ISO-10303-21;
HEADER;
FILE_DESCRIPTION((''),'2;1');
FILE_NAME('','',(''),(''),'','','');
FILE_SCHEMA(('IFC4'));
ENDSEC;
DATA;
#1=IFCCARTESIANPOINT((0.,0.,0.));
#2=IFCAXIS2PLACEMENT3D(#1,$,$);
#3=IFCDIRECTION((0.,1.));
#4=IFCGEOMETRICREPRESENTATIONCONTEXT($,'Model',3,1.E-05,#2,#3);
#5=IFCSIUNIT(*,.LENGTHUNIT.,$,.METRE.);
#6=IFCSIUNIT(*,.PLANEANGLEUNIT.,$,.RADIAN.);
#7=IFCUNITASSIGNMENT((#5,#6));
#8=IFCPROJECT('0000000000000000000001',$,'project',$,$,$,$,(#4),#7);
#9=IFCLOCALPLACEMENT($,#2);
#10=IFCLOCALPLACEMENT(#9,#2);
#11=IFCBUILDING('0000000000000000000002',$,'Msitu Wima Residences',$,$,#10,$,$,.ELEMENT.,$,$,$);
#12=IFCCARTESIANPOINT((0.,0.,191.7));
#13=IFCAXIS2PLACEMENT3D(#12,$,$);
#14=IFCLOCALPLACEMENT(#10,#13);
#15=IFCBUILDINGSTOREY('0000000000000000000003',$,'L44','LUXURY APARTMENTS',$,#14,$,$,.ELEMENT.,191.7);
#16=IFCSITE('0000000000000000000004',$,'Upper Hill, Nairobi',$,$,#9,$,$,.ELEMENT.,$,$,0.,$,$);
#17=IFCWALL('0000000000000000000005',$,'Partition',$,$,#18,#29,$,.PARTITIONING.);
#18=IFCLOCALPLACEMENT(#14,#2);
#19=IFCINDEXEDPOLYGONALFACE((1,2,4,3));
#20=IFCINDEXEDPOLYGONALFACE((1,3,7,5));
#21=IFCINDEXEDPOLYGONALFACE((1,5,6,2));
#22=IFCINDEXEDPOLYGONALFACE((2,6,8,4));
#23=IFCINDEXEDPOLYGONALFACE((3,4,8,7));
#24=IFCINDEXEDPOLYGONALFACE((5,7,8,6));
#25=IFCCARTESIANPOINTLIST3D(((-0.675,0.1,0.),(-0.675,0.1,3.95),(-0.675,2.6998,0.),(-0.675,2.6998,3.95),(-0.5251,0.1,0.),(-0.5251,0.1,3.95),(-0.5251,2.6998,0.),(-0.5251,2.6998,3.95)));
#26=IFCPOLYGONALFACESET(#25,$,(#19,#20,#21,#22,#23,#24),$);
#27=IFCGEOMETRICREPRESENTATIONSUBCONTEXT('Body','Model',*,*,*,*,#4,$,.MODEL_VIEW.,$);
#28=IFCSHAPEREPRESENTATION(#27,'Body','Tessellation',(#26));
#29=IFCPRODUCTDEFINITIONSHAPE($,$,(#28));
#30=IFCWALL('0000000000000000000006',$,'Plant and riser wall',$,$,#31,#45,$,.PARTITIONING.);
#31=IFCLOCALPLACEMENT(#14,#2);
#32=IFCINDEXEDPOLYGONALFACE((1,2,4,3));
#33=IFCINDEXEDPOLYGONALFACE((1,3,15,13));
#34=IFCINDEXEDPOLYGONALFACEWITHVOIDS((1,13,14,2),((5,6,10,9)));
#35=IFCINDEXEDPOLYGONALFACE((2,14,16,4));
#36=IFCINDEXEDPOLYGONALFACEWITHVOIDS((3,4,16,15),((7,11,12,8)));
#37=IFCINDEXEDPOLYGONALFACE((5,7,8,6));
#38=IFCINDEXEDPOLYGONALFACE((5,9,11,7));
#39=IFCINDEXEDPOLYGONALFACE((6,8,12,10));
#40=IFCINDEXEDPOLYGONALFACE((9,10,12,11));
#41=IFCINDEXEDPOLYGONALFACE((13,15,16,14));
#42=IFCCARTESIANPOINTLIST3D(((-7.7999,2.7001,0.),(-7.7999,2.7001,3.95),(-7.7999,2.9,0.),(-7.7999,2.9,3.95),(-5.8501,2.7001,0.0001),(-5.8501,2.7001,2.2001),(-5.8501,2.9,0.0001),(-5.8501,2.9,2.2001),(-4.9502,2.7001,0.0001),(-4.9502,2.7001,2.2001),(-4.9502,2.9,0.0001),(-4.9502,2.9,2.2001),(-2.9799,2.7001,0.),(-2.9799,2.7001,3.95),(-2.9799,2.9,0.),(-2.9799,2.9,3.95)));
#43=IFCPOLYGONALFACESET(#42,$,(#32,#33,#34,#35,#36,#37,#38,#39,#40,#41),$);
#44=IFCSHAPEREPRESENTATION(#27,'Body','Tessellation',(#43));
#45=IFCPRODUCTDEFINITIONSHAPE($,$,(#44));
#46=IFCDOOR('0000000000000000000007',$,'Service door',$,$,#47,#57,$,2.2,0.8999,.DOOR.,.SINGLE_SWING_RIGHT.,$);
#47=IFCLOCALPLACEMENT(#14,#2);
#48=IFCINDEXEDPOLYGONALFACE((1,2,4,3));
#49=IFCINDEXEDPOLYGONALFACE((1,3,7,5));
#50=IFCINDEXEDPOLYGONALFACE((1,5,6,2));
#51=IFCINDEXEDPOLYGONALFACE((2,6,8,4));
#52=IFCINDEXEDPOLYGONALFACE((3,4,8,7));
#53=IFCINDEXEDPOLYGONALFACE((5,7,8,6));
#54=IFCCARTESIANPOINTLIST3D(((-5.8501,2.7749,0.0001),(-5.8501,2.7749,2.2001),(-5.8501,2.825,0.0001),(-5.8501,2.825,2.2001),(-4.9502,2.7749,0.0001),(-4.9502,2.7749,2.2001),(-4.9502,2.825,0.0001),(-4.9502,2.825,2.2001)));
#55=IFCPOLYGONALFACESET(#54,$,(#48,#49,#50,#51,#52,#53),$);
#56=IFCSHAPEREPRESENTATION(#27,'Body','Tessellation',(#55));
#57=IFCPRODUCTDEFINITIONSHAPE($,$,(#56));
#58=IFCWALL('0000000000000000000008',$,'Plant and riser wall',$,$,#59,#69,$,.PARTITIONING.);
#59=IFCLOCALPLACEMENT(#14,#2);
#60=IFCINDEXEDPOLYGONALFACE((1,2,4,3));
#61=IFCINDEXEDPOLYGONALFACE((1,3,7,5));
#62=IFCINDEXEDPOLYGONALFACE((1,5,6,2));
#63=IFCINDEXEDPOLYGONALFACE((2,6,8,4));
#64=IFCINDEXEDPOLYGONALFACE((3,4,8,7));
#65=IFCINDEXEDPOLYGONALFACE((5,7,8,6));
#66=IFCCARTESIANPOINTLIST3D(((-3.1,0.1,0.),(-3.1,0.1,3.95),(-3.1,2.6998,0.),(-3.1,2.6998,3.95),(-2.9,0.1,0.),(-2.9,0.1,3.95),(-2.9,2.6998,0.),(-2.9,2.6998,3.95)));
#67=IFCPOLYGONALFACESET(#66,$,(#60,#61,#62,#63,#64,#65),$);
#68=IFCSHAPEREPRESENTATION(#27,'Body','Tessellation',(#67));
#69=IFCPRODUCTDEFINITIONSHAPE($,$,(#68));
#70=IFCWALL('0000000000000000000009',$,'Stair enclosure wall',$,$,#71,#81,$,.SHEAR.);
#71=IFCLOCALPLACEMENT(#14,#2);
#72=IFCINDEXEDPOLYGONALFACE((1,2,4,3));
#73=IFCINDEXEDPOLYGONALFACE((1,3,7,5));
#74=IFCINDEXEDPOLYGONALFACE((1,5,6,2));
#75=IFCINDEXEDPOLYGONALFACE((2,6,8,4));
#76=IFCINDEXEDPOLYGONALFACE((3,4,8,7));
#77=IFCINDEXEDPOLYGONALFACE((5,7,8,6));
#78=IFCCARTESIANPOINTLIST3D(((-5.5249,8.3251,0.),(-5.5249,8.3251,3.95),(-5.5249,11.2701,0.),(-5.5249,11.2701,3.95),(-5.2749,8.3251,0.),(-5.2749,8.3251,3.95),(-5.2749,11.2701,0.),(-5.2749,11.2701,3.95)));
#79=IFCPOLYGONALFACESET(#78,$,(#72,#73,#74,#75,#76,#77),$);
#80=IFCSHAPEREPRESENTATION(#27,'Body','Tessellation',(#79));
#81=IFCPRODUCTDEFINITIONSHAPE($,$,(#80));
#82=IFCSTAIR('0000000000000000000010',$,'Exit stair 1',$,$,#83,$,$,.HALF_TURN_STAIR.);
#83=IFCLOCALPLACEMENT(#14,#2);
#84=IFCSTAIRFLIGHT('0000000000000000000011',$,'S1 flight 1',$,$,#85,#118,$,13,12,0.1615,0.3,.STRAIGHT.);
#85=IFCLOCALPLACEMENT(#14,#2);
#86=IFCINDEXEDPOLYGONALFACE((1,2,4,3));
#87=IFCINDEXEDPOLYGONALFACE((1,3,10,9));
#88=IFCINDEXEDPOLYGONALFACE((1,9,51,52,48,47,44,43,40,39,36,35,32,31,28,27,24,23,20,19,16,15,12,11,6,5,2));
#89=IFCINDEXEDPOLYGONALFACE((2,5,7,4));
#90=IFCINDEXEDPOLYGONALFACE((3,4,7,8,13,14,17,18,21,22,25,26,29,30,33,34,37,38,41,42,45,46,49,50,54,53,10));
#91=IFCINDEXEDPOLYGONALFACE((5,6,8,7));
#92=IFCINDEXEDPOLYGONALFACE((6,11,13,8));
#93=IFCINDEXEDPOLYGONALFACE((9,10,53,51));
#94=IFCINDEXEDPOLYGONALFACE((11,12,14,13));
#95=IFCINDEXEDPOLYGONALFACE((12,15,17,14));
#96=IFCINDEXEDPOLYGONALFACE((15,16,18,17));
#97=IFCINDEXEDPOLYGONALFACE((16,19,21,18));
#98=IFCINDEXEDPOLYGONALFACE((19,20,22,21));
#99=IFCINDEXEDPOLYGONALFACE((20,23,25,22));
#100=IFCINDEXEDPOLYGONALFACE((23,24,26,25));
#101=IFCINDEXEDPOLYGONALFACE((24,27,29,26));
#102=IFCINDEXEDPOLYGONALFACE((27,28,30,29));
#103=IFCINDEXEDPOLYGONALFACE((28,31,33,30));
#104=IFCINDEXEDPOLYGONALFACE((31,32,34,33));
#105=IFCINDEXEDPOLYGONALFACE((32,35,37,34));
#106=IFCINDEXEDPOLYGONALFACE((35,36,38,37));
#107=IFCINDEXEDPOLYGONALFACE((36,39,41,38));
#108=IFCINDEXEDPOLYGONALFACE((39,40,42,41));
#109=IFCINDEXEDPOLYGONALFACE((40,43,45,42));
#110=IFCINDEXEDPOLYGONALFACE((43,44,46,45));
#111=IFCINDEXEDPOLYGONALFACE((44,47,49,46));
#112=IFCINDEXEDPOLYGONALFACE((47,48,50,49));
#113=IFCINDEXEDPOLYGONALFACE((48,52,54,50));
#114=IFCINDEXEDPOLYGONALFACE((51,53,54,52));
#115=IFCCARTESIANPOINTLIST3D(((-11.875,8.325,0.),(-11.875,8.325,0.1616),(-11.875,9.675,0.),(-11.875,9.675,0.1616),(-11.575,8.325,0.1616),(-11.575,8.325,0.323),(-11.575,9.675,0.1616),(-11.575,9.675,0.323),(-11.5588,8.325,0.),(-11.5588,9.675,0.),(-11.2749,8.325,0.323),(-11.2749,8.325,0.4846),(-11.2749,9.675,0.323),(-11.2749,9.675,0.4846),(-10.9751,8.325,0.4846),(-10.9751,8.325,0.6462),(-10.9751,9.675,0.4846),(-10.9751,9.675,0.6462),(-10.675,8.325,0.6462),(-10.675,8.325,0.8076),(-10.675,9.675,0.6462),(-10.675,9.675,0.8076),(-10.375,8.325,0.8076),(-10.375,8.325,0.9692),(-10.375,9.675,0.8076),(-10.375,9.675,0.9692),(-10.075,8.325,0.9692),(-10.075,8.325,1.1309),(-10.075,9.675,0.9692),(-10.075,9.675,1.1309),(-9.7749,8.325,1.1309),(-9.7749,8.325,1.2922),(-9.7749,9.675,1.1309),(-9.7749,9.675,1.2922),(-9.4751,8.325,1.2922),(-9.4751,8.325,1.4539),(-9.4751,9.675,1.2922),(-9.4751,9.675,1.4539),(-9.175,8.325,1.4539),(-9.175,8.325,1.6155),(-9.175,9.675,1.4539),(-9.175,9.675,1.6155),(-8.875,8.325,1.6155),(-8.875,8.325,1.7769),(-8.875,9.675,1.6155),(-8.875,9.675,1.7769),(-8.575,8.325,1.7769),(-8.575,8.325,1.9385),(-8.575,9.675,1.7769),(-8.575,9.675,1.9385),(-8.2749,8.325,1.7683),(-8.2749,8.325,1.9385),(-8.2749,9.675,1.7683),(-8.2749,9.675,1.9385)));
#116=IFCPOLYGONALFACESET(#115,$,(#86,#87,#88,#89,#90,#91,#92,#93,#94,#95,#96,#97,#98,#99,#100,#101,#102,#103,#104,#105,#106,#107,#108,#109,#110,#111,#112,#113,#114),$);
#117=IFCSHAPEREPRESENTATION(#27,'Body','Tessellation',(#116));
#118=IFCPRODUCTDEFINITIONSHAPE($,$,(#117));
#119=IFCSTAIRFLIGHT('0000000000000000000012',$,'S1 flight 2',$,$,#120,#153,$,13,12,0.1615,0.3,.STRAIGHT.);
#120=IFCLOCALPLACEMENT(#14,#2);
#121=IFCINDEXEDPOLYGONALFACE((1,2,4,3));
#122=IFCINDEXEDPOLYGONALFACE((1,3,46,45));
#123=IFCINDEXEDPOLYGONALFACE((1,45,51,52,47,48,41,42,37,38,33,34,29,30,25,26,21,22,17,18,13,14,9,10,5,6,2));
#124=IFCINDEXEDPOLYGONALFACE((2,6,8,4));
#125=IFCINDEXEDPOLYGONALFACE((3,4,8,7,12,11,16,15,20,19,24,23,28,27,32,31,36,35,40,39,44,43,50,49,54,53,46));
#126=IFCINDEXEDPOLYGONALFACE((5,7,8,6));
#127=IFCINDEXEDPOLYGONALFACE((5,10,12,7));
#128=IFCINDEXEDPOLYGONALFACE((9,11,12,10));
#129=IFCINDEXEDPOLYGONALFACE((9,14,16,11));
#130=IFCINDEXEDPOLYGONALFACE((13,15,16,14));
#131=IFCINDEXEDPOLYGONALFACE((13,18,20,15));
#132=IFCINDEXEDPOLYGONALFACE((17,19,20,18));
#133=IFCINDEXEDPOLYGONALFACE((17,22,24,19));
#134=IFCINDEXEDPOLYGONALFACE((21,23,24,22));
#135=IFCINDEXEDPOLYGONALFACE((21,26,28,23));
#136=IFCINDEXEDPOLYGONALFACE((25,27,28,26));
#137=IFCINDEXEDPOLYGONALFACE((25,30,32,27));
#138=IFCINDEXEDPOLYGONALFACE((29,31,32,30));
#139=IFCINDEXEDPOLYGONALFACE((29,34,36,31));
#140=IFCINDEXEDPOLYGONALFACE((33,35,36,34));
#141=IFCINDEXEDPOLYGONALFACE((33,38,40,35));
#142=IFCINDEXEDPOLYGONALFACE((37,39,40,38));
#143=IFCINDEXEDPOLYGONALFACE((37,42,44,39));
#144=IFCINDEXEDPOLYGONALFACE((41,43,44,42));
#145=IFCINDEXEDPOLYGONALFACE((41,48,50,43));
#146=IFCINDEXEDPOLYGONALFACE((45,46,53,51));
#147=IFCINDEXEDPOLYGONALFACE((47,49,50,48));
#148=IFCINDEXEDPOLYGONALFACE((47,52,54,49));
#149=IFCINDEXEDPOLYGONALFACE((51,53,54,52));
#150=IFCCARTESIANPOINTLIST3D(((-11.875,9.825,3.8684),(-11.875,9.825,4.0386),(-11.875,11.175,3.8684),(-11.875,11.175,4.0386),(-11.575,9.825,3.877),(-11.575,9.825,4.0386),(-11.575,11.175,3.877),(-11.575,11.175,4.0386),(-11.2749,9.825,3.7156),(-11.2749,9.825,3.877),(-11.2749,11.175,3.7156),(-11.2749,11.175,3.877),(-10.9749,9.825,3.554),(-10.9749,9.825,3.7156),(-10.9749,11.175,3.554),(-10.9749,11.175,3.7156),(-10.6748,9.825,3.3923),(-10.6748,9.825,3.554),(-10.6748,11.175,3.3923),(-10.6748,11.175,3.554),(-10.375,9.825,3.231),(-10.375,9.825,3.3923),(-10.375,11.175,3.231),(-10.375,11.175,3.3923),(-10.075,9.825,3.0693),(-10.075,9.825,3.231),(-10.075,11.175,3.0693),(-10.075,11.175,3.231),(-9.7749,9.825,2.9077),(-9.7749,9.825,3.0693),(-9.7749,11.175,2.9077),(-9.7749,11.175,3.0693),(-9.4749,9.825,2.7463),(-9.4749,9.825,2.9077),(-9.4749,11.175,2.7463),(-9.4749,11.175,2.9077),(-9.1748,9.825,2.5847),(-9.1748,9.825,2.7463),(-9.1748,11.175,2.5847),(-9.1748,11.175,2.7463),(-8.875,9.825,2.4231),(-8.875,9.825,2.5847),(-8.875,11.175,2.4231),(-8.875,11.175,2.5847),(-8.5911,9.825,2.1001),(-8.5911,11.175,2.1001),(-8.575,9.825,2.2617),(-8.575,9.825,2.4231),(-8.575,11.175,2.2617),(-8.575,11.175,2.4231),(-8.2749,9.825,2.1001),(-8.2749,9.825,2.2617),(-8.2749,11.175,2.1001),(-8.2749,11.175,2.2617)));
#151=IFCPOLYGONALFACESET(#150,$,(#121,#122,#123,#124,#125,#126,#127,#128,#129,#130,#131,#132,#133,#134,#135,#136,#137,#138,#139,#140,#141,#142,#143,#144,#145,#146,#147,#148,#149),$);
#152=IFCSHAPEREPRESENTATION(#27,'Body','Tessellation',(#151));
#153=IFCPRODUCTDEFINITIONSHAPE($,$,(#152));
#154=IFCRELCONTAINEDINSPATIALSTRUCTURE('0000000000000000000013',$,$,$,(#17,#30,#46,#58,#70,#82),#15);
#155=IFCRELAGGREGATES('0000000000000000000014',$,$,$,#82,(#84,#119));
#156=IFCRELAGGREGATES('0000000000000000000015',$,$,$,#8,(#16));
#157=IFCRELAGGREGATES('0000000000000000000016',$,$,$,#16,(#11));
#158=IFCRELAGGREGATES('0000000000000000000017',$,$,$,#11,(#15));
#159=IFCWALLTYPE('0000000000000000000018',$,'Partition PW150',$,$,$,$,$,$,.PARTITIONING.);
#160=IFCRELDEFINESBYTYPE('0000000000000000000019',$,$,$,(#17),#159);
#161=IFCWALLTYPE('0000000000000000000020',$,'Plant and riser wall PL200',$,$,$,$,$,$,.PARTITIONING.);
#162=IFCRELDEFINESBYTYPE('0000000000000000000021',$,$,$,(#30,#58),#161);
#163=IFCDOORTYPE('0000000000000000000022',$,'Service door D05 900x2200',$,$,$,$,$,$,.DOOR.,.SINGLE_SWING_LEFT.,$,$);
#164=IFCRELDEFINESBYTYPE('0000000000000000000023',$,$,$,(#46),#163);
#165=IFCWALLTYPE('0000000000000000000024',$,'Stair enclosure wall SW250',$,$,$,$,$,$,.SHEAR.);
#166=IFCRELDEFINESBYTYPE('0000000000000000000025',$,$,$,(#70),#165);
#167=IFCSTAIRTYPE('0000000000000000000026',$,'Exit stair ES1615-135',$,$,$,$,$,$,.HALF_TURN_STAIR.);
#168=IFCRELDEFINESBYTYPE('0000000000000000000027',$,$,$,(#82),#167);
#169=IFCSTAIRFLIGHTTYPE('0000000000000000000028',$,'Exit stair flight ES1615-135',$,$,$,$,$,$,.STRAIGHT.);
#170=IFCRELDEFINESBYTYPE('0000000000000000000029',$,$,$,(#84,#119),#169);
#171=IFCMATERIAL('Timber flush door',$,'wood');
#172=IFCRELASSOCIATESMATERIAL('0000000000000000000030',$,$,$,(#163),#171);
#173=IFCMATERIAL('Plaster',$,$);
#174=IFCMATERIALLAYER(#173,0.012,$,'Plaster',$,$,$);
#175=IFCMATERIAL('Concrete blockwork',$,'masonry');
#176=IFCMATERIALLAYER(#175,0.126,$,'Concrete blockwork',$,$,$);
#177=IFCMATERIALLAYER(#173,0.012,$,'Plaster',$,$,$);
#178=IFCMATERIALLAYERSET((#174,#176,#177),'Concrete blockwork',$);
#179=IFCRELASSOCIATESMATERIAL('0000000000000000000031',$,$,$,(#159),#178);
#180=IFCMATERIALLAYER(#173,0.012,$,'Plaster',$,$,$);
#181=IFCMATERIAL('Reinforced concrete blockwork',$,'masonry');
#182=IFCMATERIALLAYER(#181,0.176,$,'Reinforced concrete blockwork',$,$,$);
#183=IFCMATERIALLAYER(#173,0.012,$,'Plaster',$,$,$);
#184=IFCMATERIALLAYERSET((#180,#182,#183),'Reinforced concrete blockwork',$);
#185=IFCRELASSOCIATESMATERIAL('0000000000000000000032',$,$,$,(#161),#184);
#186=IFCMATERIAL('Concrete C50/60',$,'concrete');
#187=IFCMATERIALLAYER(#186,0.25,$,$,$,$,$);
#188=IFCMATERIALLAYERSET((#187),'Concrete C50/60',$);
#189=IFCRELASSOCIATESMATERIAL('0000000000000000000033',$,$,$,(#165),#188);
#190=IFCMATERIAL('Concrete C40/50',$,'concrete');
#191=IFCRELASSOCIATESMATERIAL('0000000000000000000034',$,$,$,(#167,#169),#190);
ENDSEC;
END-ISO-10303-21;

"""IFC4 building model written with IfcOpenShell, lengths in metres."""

from ifc_helpers import new_model, si_unit, direction, frame, frame_2d, origin, place, context, subcontext, project, spatial, polyline, rectangle, outline, extrude, material, layer, layer_set, type_object, element, fill, aggregate, save


model = new_model("IFC4")

# Units and contexts
model_context = context("Model", 3, precision=1e-05, world=origin(), true_north=direction((0.0, 1.0)))
body_context = subcontext(model_context, "Body", "Model", "MODEL_VIEW")
ifc_project = project(units=[si_unit("LENGTHUNIT", "METRE"), si_unit("PLANEANGLEUNIT", "RADIAN")], contexts=[model_context])

# Site, building, storey
site_placement = place(None, origin())
site = spatial("IfcSite", under=ifc_project, at=site_placement, Name="Upper Hill, Nairobi", CompositionType="ELEMENT", RefElevation=0.0)
building_placement = place(site_placement, origin())
building = spatial("IfcBuilding", under=site, at=building_placement, Name="Msitu Wima Residences", CompositionType="ELEMENT")
storey_placement = place(building_placement, frame((0.0, 0.0, 191.7)))
storey = spatial("IfcBuildingStorey", under=building, at=storey_placement, Name="L44", Description="LUXURY APARTMENTS", CompositionType="ELEMENT", Elevation=191.7)

# Shared definitions
ifc_material_1 = material(Name="Concrete C40/50", Category="concrete")

# Shared definitions
ifc_material_2 = material(Name="Plaster")
ifc_material_3 = material(Name="Concrete blockwork", Category="masonry")
ifc_material_4 = material(Name="Timber flush door", Category="wood")
door_type_1 = type_object("IfcDoorType", Name="Service door D05 900x2200", OperationType="SINGLE_SWING_LEFT", PredefinedType="DOOR", material=ifc_material_4)

# Wall
ifc_layer_1 = layer(ifc_material_2, 0.012, Name="Plaster")
ifc_layer_2 = layer(ifc_material_3, 0.126, Name="Concrete blockwork")
ifc_layer_3 = layer(ifc_material_2, 0.012, Name="Plaster")
ifc_layer_set_1 = layer_set([ifc_layer_1, ifc_layer_2, ifc_layer_3], Name="Concrete blockwork")
wall_type_1 = type_object("IfcWallType", Name="Partition PW150", PredefinedType="PARTITIONING", material=ifc_layer_set_1)
wall_1_placement = place(storey_placement, frame((-0.6001, 0.1001, 0.0), z_axis=(0.0, 0.0, 1.0), x_axis=(0.0, 1.0, 0.0)))
element("IfcWall", 1, at=wall_1_placement, inside=storey, type_object=wall_type_1, Name="Partition", PredefinedType="PARTITIONING", context=body_context, shape_type="SweptSolid", body=[
    extrude(rectangle(XDim=2.5999, YDim=0.1499, at=frame_2d((1.2998, 0.0))), origin(), (0.0, 0.0, 1.0), 3.95),
])

# Wall, opening, door
ifc_layer_4 = layer(ifc_material_2, 0.012, Name="Plaster")
ifc_material_5 = material(Name="Reinforced concrete blockwork", Category="masonry")
ifc_layer_5 = layer(ifc_material_5, 0.176, Name="Reinforced concrete blockwork")
ifc_layer_6 = layer(ifc_material_2, 0.012, Name="Plaster")
ifc_layer_set_2 = layer_set([ifc_layer_4, ifc_layer_5, ifc_layer_6], Name="Reinforced concrete blockwork")
wall_type_2 = type_object("IfcWallType", Name="Plant and riser wall PL200", PredefinedType="PARTITIONING", material=ifc_layer_set_2)
wall_2_placement = place(storey_placement, frame((-7.8, 2.8, 0.0), z_axis=(0.0, 0.0, 1.0), x_axis=(1.0, 0.0, 0.0)))
wall_2 = element("IfcWall", 2, at=wall_2_placement, inside=storey, type_object=wall_type_2, Name="Plant and riser wall", PredefinedType="PARTITIONING", context=body_context, shape_type="SweptSolid", body=[
    extrude(rectangle(XDim=4.8201, YDim=0.2, at=frame_2d((2.4102, 0.0))), origin(), (0.0, 0.0, 1.0), 3.95),
])
opening_1_placement = place(wall_2_placement, frame((1.95, 0.0, 0.0)))
opening_1 = element("IfcOpeningElement", 3, at=opening_1_placement, cuts=wall_2, PredefinedType="OPENING", context=body_context, shape_type="SweptSolid", body=[
    extrude(rectangle(XDim=0.8999, YDim=2.2, at=frame_2d((0.45, 1.1001))), frame((0.0, 0.1099, 0.0), z_axis=(0.0, -1.0, 0.0), x_axis=(1.0, 0.0, 0.0)), (0.0, 0.0, 1.0), 0.22),
])
door_1_placement = place(opening_1_placement, origin())
door_1 = element("IfcDoor", 4, at=door_1_placement, inside=storey, type_object=door_type_1, Name="Service door", OperationType="SINGLE_SWING_RIGHT", OverallHeight=2.2, OverallWidth=0.8999, PredefinedType="DOOR", context=body_context, shape_type="SweptSolid", body=[
    extrude(rectangle(XDim=0.8999, YDim=2.2, at=frame_2d((0.45, 1.1001))), frame((0.0, 0.0249, 0.0), z_axis=(0.0, -1.0, 0.0), x_axis=(1.0, 0.0, 0.0)), (0.0, 0.0, 1.0), 0.05),
])
fill(opening_1, door_1)

# Walls
wall_3_placement = place(storey_placement, frame((-3.0, 0.1001, 0.0), z_axis=(0.0, 0.0, 1.0), x_axis=(0.0, 1.0, 0.0)))
element("IfcWall", 5, at=wall_3_placement, inside=storey, type_object=wall_type_2, Name="Plant and riser wall", PredefinedType="PARTITIONING", context=body_context, shape_type="SweptSolid", body=[
    extrude(rectangle(XDim=2.5999, YDim=0.2, at=frame_2d((1.2998, 0.0))), origin(), (0.0, 0.0, 1.0), 3.95),
])
ifc_material_6 = material(Name="Concrete C50/60", Category="concrete")
ifc_layer_7 = layer(ifc_material_6, 0.25)
ifc_layer_set_3 = layer_set([ifc_layer_7], Name="Concrete C50/60")
wall_type_3 = type_object("IfcWallType", Name="Stair enclosure wall SW250", PredefinedType="SHEAR", material=ifc_layer_set_3)
wall_4_placement = place(storey_placement, frame((-5.3999, 8.325, 0.0), z_axis=(0.0, 0.0, 1.0), x_axis=(0.0, 1.0, 0.0)))
element("IfcWall", 6, at=wall_4_placement, inside=storey, type_object=wall_type_3, Name="Stair enclosure wall", PredefinedType="SHEAR", context=body_context, shape_type="SweptSolid", body=[
    extrude(rectangle(XDim=2.9451, YDim=0.25, at=frame_2d((1.4727, 0.0))), origin(), (0.0, 0.0, 1.0), 3.95),
])

# Stair, stair flights
stair_type = type_object("IfcStairType", Name="Exit stair ES1615-135", PredefinedType="HALF_TURN_STAIR", material=ifc_material_1)
stair_placement = place(storey_placement, origin())
stair = element("IfcStair", 7, at=stair_placement, inside=storey, type_object=stair_type, Name="Exit stair 1", PredefinedType="HALF_TURN_STAIR")
stair_flight_type = type_object("IfcStairFlightType", Name="Exit stair flight ES1615-135", PredefinedType="STRAIGHT", material=ifc_material_1)
stair_flight_1_placement = place(storey_placement, frame((-11.875, 9.0, 0.0), z_axis=(0.0, 0.0, 1.0), x_axis=(1.0, 0.0, 0.0)))
stair_flight_1 = element("IfcStairFlight", 8, at=stair_flight_1_placement, type_object=stair_flight_type, Name="S1 flight 1", NumberOfRisers=13, NumberOfTreads=12, PredefinedType="STRAIGHT", RiserHeight=0.1615, TreadLength=0.3, context=body_context, shape_type="SweptSolid", body=[
    extrude(outline(polyline([(0.0, 0.0), (0.0, 0.1616), (0.3, 0.1616), (0.3, 0.323), (0.6001, 0.323), (0.6001, 0.4846), (0.8999, 0.4846), (0.8999, 0.6462), (1.2, 0.6462), (1.2, 0.8076), (1.5, 0.8076), (1.5, 0.9692), (1.8, 0.9692), (1.8, 1.1309), (2.1001, 1.1309), (2.1001, 1.2922), (2.3999, 1.2922), (2.3999, 1.4539), (2.7, 1.4539), (2.7, 1.6155), (3.0, 1.6155), (3.0, 1.7769), (3.3, 1.7769), (3.3, 1.9385), (3.6001, 1.9385), (3.6001, 2.1001), (3.6001, 1.7683), (0.3162, 0.0), (0.0, 0.0)])), frame((0.0, 0.675, 0.0), z_axis=(0.0, -1.0, 0.0), x_axis=(1.0, 0.0, 0.0)), (0.0, 0.0, 1.0), 1.3501),
])
stair_flight_2_placement = place(storey_placement, frame((-8.2749, 10.5, 2.1001), z_axis=(0.0, 0.0, 1.0), x_axis=(-1.0, 0.0, 0.0)))
stair_flight_2 = element("IfcStairFlight", 9, at=stair_flight_2_placement, type_object=stair_flight_type, Name="S1 flight 2", NumberOfRisers=13, NumberOfTreads=12, PredefinedType="STRAIGHT", RiserHeight=0.1615, TreadLength=0.3, context=body_context, shape_type="SweptSolid", body=[
    extrude(outline(polyline([(0.0, 0.0), (0.0, 0.1616), (0.3, 0.1616), (0.3, 0.323), (0.6001, 0.323), (0.6001, 0.4846), (0.8999, 0.4846), (0.8999, 0.6462), (1.2, 0.6462), (1.2, 0.8076), (1.5, 0.8076), (1.5, 0.9692), (1.8, 0.9692), (1.8, 1.1309), (2.1001, 1.1309), (2.1001, 1.2922), (2.3999, 1.2922), (2.3999, 1.4539), (2.7, 1.4539), (2.7, 1.6155), (3.0, 1.6155), (3.0, 1.7769), (3.3, 1.7769), (3.3, 1.9385), (3.6001, 1.9385), (3.6001, 2.1001), (3.6001, 1.7683), (0.3162, 0.0), (0.0, 0.0)])), frame((0.0, 0.675, 0.0), z_axis=(0.0, -1.0, 0.0), x_axis=(1.0, 0.0, 0.0)), (0.0, 0.0, 1.0), 1.3501),
])
aggregate(stair, [stair_flight_1, stair_flight_2])

save(model, "model.ifc")
